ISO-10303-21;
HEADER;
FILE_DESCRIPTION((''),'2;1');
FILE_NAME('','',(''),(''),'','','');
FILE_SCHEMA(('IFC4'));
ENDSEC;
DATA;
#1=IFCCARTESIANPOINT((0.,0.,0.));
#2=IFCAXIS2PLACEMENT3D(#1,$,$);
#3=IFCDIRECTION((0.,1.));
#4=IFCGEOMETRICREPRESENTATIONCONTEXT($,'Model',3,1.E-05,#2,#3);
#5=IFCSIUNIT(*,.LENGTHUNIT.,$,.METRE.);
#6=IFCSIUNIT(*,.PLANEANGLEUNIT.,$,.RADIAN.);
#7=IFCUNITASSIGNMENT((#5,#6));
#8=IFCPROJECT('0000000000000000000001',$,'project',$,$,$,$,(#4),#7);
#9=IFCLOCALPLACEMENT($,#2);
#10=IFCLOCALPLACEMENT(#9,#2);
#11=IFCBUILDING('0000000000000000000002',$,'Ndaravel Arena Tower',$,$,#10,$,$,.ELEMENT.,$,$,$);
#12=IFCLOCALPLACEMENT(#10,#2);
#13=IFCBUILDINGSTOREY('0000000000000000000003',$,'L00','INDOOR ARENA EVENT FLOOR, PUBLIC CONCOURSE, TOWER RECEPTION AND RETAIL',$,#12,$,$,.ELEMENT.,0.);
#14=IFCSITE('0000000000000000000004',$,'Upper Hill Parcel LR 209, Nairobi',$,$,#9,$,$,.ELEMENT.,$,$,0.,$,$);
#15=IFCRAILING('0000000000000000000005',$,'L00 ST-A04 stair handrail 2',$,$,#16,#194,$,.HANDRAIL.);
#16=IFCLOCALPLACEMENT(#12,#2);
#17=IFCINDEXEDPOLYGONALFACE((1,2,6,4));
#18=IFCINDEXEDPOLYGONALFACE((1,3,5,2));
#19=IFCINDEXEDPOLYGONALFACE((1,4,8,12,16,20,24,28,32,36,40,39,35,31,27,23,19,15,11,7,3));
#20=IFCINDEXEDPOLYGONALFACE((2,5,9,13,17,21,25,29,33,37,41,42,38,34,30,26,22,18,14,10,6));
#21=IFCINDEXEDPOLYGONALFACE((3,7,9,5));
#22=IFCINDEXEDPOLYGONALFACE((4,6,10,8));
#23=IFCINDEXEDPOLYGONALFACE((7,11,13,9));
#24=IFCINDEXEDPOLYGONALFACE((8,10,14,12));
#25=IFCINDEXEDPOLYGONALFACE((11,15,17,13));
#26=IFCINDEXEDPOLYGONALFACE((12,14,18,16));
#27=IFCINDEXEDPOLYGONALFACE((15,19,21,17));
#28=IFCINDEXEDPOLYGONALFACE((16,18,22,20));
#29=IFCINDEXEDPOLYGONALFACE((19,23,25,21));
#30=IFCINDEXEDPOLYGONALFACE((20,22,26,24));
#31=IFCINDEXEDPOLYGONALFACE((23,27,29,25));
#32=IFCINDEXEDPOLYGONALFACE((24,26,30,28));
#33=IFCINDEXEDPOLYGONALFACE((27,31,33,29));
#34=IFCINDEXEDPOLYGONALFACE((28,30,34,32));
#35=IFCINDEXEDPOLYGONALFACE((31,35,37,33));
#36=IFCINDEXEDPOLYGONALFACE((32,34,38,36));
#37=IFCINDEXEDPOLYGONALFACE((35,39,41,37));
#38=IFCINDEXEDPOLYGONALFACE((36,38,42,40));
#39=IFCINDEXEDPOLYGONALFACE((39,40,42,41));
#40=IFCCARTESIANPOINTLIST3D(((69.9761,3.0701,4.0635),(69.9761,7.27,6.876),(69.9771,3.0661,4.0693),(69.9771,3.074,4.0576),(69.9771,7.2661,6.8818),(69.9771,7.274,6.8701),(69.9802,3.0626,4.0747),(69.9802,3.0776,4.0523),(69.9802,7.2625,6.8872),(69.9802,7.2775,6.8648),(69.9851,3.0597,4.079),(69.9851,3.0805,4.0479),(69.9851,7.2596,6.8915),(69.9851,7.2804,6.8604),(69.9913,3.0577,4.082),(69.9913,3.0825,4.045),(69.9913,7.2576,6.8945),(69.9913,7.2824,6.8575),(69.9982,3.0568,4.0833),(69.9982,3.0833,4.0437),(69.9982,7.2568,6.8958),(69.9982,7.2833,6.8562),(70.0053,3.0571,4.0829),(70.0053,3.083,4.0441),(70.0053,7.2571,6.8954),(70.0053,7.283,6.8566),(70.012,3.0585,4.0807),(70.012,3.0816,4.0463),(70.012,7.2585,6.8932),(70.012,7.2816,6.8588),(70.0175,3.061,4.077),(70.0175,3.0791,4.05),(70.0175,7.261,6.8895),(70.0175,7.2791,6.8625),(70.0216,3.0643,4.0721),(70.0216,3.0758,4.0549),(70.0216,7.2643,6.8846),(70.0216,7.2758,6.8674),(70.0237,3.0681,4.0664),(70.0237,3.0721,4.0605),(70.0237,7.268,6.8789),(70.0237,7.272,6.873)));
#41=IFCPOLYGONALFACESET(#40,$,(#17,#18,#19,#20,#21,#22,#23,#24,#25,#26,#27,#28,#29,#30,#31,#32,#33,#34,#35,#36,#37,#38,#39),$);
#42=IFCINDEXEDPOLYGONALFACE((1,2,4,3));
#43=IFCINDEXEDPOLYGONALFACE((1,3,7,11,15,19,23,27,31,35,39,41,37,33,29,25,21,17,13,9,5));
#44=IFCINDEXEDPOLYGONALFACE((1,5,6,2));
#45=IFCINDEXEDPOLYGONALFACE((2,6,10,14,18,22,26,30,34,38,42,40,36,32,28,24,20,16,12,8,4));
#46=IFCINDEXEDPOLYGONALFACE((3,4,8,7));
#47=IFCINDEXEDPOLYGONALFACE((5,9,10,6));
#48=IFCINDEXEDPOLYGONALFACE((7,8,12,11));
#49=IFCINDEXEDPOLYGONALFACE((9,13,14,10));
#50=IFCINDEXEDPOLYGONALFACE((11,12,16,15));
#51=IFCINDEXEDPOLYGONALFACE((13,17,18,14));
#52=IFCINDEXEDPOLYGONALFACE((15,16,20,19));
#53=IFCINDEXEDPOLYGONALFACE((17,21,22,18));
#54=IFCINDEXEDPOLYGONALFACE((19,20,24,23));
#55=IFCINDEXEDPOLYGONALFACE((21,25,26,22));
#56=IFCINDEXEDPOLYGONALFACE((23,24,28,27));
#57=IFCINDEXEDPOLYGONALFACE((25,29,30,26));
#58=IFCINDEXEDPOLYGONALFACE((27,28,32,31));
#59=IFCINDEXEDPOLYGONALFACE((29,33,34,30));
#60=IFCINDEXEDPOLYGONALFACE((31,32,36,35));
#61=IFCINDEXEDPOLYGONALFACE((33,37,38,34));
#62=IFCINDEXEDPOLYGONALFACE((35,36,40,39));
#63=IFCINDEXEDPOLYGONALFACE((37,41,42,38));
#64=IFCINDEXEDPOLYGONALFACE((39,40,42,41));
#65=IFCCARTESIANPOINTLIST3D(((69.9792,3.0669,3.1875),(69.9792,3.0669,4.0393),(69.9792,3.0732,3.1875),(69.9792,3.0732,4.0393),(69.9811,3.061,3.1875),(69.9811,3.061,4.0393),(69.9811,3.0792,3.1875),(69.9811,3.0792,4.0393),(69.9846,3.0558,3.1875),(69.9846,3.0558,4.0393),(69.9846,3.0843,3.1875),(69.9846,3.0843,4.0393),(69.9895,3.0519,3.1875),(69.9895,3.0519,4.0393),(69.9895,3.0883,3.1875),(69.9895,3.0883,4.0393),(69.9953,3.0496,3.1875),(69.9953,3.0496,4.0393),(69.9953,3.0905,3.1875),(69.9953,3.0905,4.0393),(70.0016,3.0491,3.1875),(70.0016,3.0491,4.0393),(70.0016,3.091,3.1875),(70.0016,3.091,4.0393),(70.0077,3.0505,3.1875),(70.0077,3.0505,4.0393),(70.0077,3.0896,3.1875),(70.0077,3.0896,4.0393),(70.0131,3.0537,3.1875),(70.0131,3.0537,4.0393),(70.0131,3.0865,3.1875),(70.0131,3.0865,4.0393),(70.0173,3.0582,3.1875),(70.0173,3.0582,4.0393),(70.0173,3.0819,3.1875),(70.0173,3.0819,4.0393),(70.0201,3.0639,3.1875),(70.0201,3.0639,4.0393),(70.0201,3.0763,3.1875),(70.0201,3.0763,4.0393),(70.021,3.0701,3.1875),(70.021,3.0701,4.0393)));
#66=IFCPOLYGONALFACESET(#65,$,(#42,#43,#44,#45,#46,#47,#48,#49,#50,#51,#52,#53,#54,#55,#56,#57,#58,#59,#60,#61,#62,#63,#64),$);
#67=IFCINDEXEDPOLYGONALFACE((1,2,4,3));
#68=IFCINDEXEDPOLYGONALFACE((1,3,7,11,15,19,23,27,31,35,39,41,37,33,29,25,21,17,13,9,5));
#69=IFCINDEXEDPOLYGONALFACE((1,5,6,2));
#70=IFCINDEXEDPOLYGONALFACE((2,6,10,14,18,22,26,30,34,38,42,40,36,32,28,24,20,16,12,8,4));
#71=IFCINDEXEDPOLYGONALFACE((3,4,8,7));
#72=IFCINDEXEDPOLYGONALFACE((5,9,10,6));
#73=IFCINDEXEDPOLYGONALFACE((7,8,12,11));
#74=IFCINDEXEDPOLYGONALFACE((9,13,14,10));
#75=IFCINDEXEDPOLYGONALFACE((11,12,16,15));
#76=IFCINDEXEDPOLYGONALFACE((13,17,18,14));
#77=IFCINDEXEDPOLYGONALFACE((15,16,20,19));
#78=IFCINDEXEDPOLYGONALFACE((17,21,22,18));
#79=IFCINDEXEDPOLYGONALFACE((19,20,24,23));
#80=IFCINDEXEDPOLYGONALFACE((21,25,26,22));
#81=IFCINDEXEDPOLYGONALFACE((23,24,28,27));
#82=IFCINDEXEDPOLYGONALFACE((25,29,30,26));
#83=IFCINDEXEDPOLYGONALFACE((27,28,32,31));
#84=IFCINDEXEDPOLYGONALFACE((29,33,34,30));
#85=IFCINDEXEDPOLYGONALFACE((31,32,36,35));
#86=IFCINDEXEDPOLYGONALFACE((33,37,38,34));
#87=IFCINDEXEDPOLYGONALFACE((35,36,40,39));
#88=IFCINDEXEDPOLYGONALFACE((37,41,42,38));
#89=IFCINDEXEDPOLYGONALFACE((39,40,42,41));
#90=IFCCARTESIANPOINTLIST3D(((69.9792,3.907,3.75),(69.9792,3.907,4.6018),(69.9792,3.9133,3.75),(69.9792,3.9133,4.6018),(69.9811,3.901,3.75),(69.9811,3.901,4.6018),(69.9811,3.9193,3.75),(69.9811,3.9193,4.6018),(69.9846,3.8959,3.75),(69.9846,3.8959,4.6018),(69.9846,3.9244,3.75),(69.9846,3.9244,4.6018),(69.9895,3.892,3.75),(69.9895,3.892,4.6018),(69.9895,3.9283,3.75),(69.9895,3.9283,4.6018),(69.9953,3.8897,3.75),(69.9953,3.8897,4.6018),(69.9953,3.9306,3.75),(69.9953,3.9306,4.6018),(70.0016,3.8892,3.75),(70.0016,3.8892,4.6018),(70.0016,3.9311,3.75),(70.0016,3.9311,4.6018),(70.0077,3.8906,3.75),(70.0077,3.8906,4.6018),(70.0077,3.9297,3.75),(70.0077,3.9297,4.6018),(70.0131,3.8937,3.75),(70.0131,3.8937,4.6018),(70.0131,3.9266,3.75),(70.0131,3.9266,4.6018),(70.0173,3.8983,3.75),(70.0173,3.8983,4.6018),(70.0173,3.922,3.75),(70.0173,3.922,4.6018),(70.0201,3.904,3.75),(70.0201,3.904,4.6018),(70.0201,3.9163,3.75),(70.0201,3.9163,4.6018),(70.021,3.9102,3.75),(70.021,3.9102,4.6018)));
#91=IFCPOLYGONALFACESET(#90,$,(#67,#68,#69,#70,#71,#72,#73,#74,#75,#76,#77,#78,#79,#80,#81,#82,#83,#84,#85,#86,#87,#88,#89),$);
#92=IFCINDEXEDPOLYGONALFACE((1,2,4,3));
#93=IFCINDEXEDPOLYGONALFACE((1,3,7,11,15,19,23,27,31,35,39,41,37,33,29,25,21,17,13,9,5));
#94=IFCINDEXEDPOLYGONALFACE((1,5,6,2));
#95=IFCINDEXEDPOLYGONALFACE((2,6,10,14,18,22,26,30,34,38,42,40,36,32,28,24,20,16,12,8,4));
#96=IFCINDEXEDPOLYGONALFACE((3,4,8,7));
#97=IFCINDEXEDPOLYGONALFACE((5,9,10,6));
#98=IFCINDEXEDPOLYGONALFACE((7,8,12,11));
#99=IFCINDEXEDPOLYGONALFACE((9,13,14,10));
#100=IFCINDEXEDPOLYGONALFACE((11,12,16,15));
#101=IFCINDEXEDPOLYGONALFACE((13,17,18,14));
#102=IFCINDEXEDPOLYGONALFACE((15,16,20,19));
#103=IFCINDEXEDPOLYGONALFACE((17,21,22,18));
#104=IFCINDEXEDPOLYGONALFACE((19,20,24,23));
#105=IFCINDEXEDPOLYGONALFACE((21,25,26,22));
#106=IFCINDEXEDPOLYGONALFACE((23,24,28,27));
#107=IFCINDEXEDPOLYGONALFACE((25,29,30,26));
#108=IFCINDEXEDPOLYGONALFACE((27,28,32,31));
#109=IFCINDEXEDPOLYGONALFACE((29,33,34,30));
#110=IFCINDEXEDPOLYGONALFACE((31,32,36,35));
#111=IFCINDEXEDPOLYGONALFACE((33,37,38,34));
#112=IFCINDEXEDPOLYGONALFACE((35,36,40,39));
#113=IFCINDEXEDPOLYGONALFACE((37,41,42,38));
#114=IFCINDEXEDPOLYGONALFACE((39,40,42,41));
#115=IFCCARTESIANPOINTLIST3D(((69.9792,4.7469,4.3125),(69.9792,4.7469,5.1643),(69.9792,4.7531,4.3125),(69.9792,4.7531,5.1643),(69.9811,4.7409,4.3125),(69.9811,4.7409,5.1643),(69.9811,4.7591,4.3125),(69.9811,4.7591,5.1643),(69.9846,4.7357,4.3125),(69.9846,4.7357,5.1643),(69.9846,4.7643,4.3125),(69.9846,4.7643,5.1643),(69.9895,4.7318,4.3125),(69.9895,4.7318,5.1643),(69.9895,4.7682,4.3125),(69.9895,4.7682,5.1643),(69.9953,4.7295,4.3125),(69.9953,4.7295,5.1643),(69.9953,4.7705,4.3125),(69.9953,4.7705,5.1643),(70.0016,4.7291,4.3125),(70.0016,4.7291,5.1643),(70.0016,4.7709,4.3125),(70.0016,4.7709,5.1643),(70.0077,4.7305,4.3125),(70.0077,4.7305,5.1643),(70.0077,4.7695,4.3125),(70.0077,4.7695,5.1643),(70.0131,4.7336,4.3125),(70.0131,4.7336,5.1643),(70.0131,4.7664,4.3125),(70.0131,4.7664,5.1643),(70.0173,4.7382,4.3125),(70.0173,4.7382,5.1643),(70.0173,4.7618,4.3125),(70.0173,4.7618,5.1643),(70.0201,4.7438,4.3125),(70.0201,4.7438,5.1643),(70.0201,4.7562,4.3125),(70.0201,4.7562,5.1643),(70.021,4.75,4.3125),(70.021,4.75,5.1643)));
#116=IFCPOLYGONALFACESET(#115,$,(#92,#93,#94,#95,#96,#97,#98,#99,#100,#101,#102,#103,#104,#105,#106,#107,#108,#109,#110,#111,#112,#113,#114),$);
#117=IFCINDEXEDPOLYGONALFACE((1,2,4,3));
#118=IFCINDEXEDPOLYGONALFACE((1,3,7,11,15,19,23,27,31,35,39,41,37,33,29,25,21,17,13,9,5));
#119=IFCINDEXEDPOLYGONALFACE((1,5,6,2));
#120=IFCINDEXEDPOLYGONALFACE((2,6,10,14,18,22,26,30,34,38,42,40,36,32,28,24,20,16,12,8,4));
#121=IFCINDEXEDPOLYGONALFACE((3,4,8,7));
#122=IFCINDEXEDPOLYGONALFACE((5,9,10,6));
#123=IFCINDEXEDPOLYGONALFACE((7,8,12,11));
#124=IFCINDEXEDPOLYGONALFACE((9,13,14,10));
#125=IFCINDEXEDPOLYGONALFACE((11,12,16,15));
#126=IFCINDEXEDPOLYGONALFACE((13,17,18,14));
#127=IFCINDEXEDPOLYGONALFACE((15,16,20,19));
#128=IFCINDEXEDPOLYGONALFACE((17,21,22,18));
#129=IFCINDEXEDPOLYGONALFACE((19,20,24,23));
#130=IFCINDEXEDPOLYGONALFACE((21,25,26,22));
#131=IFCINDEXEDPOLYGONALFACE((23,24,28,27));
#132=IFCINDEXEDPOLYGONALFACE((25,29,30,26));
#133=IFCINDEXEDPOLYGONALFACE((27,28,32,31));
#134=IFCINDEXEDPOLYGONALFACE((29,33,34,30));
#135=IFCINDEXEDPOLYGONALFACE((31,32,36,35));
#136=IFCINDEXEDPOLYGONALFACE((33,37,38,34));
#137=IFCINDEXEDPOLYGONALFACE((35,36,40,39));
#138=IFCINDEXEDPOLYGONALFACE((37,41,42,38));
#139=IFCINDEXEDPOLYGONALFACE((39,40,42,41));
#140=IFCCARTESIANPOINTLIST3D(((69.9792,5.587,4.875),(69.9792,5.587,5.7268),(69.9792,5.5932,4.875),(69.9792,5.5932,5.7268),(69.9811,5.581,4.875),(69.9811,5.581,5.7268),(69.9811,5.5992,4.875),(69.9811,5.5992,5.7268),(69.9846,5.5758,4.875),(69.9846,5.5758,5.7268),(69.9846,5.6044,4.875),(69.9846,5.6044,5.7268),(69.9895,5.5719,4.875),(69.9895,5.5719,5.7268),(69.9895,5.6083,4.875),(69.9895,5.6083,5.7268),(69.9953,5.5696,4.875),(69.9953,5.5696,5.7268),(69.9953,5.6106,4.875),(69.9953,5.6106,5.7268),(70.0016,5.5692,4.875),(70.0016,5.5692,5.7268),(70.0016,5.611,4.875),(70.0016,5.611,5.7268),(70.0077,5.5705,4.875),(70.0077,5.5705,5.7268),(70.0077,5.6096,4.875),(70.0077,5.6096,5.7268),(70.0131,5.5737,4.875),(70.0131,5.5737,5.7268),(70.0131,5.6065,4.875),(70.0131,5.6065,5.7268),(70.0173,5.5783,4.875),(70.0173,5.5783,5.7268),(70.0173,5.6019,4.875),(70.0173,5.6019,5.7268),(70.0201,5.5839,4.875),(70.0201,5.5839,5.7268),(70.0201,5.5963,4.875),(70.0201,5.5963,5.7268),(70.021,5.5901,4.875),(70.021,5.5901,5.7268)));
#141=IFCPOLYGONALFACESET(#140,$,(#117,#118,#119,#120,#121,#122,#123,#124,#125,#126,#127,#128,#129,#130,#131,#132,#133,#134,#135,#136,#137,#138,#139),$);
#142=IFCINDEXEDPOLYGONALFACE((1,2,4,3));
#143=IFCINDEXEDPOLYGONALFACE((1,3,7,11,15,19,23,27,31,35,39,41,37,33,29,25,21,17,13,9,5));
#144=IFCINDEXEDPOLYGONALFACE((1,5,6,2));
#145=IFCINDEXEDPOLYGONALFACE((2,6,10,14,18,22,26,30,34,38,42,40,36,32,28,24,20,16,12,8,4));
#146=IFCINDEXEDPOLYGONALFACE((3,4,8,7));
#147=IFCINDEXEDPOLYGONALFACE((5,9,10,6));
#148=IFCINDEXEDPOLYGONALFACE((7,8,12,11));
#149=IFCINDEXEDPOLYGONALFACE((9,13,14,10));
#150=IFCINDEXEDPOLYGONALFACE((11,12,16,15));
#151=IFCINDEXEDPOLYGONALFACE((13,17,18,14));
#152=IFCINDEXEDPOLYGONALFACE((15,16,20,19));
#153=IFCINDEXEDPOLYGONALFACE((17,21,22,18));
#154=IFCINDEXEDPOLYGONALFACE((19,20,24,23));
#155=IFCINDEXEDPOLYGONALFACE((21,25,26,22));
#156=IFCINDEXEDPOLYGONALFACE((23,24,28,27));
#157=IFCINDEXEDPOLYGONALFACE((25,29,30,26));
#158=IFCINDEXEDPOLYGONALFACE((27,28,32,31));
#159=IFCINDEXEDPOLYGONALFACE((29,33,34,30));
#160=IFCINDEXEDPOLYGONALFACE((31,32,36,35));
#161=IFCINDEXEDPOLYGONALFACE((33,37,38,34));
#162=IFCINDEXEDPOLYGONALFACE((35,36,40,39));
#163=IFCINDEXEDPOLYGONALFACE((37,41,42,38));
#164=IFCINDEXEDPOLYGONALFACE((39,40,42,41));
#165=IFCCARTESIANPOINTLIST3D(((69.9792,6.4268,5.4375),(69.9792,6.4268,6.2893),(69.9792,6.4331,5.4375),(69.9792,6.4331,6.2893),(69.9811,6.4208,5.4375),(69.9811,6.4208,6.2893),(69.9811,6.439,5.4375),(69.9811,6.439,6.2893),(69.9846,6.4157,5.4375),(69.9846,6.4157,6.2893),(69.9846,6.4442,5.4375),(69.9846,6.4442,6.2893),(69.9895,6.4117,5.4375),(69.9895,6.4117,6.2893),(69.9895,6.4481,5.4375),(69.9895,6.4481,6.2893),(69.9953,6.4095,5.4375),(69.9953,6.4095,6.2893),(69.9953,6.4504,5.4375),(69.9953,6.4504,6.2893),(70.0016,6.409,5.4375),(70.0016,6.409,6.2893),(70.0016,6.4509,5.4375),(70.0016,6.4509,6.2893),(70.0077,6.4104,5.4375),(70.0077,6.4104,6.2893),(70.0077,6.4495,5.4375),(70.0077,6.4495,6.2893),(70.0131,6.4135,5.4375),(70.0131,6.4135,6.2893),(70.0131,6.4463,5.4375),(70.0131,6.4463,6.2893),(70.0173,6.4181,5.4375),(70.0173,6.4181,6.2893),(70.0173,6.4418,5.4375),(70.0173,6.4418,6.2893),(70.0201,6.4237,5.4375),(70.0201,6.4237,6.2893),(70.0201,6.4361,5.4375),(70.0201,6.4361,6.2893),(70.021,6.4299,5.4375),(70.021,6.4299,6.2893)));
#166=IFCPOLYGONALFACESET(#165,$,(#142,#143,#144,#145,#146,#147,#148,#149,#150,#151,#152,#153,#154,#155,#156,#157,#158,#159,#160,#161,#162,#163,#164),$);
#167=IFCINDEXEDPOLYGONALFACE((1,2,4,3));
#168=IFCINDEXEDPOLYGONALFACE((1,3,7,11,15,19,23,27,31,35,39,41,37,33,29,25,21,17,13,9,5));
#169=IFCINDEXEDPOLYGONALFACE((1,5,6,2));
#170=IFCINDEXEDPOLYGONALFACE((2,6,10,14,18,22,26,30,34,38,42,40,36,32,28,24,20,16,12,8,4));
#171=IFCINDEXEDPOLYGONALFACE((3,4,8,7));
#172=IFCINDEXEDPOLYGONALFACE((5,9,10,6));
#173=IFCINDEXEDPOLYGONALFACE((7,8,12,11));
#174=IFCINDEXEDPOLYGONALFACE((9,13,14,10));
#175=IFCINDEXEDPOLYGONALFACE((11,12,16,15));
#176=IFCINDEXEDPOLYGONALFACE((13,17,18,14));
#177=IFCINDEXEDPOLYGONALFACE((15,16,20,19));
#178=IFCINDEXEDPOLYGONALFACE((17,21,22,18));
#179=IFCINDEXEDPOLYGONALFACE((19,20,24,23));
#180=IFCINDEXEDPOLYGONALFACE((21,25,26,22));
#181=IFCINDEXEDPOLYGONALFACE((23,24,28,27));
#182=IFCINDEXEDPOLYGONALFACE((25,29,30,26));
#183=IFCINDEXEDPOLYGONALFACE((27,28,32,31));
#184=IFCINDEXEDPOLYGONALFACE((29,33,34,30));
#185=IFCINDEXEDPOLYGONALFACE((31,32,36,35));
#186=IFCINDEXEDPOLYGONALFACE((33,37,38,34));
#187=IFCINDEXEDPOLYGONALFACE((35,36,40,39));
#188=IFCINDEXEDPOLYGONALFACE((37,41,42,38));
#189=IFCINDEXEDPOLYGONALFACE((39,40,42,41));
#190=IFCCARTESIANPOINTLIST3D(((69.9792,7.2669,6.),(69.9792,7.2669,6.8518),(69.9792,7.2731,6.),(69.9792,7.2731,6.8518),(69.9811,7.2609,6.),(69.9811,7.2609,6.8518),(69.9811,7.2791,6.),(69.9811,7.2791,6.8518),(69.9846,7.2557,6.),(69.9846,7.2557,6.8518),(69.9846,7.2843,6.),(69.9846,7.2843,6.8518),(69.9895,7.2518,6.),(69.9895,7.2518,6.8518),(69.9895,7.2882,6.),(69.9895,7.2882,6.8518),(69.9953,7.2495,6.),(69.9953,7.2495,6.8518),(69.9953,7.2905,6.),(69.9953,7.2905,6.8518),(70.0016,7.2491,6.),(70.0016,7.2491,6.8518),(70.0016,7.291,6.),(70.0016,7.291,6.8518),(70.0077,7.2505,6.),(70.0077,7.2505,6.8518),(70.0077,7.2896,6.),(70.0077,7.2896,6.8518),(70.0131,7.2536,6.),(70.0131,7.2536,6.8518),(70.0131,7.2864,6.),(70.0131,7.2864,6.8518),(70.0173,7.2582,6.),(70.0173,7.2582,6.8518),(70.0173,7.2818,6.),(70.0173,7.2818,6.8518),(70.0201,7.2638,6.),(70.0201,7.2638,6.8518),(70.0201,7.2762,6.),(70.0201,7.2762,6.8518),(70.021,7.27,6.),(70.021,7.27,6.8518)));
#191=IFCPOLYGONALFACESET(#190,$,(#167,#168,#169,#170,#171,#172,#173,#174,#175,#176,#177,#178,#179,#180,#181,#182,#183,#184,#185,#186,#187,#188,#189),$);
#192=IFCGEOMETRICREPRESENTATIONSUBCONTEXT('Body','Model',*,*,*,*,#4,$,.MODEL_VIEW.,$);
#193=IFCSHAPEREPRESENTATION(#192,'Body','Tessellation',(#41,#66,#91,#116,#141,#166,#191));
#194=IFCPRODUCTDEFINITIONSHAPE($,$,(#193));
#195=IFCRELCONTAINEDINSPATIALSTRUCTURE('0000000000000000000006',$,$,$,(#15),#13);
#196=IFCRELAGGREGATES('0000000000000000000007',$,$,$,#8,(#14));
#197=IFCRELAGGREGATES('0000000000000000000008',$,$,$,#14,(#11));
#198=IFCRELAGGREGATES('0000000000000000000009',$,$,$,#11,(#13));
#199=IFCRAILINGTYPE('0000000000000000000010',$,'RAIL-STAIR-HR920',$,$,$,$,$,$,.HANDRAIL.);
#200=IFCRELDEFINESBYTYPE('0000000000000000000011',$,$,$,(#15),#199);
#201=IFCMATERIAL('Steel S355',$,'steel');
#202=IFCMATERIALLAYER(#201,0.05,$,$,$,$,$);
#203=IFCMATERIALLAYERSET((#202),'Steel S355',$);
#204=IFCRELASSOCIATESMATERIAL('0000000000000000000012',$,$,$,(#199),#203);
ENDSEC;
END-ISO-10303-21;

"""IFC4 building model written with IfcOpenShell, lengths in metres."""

from ifc_helpers import new_model, si_unit, direction, frame, origin, origin_2d, place, context, subcontext, project, spatial, circle, extrude, material, layer, layer_set, type_object, element, save


model = new_model("IFC4")

# Units and contexts
model_context = context("Model", 3, precision=1e-05, world=origin(), true_north=direction((0.0, 1.0)))
body_context = subcontext(model_context, "Body", "Model", "MODEL_VIEW")
ifc_project = project(units=[si_unit("LENGTHUNIT", "METRE"), si_unit("PLANEANGLEUNIT", "RADIAN")], contexts=[model_context])

# Site, building, storey
site_placement = place(None, origin())
site = spatial("IfcSite", under=ifc_project, at=site_placement, Name="Upper Hill Parcel LR 209, Nairobi", CompositionType="ELEMENT", RefElevation=0.0)
building_placement = place(site_placement, origin())
building = spatial("IfcBuilding", under=site, at=building_placement, Name="Ndaravel Arena Tower", CompositionType="ELEMENT")
storey_placement = place(building_placement, origin())
storey = spatial("IfcBuildingStorey", under=building, at=storey_placement, Name="L00", Description="INDOOR ARENA EVENT FLOOR, PUBLIC CONCOURSE, TOWER RECEPTION AND RETAIL", CompositionType="ELEMENT", Elevation=0.0)

# Railing
ifc_material_1 = material(Name="Steel S355", Category="steel")
ifc_layer_1 = layer(ifc_material_1, 0.05)
ifc_layer_set_1 = layer_set([ifc_layer_1], Name="Steel S355")
railing_type_1 = type_object("IfcRailingType", Name="RAIL-STAIR-HR920", PredefinedType="HANDRAIL", material=ifc_layer_set_1)
railing_1_placement = place(storey_placement, frame((70.0, 3.0701, 3.1875)))
element("IfcRailing", 1, at=railing_1_placement, inside=storey, type_object=railing_type_1, Name="L00 ST-A04 stair handrail 2", PredefinedType="HANDRAIL", context=body_context, shape_type="SweptSolid", body=[
    extrude(circle(Radius=0.0239, at=origin_2d()), frame((0.0, 0.0, 0.876), z_axis=(0.0, 0.830904, 0.556416), x_axis=(-1.0, 0.0, 0.0)), (0.0, 0.0, 1.0), 5.0547),
    extrude(circle(Radius=0.021, at=origin_2d()), origin(), (0.0, 0.0, 1.0), 0.8518),
    extrude(circle(Radius=0.021, at=origin_2d()), frame((0.0, 0.8401, 0.5625)), (0.0, 0.0, 1.0), 0.8518),
    extrude(circle(Radius=0.021, at=origin_2d()), frame((0.0, 1.6799, 1.125)), (0.0, 0.0, 1.0), 0.8518),
    extrude(circle(Radius=0.021, at=origin_2d()), frame((0.0, 2.52, 1.6875)), (0.0, 0.0, 1.0), 0.8518),
    extrude(circle(Radius=0.021, at=origin_2d()), frame((0.0, 3.3599, 2.25)), (0.0, 0.0, 1.0), 0.8518),
    extrude(circle(Radius=0.021, at=origin_2d()), frame((0.0, 4.2, 2.8125)), (0.0, 0.0, 1.0), 0.8518),
])

save(model, "model.ifc")
